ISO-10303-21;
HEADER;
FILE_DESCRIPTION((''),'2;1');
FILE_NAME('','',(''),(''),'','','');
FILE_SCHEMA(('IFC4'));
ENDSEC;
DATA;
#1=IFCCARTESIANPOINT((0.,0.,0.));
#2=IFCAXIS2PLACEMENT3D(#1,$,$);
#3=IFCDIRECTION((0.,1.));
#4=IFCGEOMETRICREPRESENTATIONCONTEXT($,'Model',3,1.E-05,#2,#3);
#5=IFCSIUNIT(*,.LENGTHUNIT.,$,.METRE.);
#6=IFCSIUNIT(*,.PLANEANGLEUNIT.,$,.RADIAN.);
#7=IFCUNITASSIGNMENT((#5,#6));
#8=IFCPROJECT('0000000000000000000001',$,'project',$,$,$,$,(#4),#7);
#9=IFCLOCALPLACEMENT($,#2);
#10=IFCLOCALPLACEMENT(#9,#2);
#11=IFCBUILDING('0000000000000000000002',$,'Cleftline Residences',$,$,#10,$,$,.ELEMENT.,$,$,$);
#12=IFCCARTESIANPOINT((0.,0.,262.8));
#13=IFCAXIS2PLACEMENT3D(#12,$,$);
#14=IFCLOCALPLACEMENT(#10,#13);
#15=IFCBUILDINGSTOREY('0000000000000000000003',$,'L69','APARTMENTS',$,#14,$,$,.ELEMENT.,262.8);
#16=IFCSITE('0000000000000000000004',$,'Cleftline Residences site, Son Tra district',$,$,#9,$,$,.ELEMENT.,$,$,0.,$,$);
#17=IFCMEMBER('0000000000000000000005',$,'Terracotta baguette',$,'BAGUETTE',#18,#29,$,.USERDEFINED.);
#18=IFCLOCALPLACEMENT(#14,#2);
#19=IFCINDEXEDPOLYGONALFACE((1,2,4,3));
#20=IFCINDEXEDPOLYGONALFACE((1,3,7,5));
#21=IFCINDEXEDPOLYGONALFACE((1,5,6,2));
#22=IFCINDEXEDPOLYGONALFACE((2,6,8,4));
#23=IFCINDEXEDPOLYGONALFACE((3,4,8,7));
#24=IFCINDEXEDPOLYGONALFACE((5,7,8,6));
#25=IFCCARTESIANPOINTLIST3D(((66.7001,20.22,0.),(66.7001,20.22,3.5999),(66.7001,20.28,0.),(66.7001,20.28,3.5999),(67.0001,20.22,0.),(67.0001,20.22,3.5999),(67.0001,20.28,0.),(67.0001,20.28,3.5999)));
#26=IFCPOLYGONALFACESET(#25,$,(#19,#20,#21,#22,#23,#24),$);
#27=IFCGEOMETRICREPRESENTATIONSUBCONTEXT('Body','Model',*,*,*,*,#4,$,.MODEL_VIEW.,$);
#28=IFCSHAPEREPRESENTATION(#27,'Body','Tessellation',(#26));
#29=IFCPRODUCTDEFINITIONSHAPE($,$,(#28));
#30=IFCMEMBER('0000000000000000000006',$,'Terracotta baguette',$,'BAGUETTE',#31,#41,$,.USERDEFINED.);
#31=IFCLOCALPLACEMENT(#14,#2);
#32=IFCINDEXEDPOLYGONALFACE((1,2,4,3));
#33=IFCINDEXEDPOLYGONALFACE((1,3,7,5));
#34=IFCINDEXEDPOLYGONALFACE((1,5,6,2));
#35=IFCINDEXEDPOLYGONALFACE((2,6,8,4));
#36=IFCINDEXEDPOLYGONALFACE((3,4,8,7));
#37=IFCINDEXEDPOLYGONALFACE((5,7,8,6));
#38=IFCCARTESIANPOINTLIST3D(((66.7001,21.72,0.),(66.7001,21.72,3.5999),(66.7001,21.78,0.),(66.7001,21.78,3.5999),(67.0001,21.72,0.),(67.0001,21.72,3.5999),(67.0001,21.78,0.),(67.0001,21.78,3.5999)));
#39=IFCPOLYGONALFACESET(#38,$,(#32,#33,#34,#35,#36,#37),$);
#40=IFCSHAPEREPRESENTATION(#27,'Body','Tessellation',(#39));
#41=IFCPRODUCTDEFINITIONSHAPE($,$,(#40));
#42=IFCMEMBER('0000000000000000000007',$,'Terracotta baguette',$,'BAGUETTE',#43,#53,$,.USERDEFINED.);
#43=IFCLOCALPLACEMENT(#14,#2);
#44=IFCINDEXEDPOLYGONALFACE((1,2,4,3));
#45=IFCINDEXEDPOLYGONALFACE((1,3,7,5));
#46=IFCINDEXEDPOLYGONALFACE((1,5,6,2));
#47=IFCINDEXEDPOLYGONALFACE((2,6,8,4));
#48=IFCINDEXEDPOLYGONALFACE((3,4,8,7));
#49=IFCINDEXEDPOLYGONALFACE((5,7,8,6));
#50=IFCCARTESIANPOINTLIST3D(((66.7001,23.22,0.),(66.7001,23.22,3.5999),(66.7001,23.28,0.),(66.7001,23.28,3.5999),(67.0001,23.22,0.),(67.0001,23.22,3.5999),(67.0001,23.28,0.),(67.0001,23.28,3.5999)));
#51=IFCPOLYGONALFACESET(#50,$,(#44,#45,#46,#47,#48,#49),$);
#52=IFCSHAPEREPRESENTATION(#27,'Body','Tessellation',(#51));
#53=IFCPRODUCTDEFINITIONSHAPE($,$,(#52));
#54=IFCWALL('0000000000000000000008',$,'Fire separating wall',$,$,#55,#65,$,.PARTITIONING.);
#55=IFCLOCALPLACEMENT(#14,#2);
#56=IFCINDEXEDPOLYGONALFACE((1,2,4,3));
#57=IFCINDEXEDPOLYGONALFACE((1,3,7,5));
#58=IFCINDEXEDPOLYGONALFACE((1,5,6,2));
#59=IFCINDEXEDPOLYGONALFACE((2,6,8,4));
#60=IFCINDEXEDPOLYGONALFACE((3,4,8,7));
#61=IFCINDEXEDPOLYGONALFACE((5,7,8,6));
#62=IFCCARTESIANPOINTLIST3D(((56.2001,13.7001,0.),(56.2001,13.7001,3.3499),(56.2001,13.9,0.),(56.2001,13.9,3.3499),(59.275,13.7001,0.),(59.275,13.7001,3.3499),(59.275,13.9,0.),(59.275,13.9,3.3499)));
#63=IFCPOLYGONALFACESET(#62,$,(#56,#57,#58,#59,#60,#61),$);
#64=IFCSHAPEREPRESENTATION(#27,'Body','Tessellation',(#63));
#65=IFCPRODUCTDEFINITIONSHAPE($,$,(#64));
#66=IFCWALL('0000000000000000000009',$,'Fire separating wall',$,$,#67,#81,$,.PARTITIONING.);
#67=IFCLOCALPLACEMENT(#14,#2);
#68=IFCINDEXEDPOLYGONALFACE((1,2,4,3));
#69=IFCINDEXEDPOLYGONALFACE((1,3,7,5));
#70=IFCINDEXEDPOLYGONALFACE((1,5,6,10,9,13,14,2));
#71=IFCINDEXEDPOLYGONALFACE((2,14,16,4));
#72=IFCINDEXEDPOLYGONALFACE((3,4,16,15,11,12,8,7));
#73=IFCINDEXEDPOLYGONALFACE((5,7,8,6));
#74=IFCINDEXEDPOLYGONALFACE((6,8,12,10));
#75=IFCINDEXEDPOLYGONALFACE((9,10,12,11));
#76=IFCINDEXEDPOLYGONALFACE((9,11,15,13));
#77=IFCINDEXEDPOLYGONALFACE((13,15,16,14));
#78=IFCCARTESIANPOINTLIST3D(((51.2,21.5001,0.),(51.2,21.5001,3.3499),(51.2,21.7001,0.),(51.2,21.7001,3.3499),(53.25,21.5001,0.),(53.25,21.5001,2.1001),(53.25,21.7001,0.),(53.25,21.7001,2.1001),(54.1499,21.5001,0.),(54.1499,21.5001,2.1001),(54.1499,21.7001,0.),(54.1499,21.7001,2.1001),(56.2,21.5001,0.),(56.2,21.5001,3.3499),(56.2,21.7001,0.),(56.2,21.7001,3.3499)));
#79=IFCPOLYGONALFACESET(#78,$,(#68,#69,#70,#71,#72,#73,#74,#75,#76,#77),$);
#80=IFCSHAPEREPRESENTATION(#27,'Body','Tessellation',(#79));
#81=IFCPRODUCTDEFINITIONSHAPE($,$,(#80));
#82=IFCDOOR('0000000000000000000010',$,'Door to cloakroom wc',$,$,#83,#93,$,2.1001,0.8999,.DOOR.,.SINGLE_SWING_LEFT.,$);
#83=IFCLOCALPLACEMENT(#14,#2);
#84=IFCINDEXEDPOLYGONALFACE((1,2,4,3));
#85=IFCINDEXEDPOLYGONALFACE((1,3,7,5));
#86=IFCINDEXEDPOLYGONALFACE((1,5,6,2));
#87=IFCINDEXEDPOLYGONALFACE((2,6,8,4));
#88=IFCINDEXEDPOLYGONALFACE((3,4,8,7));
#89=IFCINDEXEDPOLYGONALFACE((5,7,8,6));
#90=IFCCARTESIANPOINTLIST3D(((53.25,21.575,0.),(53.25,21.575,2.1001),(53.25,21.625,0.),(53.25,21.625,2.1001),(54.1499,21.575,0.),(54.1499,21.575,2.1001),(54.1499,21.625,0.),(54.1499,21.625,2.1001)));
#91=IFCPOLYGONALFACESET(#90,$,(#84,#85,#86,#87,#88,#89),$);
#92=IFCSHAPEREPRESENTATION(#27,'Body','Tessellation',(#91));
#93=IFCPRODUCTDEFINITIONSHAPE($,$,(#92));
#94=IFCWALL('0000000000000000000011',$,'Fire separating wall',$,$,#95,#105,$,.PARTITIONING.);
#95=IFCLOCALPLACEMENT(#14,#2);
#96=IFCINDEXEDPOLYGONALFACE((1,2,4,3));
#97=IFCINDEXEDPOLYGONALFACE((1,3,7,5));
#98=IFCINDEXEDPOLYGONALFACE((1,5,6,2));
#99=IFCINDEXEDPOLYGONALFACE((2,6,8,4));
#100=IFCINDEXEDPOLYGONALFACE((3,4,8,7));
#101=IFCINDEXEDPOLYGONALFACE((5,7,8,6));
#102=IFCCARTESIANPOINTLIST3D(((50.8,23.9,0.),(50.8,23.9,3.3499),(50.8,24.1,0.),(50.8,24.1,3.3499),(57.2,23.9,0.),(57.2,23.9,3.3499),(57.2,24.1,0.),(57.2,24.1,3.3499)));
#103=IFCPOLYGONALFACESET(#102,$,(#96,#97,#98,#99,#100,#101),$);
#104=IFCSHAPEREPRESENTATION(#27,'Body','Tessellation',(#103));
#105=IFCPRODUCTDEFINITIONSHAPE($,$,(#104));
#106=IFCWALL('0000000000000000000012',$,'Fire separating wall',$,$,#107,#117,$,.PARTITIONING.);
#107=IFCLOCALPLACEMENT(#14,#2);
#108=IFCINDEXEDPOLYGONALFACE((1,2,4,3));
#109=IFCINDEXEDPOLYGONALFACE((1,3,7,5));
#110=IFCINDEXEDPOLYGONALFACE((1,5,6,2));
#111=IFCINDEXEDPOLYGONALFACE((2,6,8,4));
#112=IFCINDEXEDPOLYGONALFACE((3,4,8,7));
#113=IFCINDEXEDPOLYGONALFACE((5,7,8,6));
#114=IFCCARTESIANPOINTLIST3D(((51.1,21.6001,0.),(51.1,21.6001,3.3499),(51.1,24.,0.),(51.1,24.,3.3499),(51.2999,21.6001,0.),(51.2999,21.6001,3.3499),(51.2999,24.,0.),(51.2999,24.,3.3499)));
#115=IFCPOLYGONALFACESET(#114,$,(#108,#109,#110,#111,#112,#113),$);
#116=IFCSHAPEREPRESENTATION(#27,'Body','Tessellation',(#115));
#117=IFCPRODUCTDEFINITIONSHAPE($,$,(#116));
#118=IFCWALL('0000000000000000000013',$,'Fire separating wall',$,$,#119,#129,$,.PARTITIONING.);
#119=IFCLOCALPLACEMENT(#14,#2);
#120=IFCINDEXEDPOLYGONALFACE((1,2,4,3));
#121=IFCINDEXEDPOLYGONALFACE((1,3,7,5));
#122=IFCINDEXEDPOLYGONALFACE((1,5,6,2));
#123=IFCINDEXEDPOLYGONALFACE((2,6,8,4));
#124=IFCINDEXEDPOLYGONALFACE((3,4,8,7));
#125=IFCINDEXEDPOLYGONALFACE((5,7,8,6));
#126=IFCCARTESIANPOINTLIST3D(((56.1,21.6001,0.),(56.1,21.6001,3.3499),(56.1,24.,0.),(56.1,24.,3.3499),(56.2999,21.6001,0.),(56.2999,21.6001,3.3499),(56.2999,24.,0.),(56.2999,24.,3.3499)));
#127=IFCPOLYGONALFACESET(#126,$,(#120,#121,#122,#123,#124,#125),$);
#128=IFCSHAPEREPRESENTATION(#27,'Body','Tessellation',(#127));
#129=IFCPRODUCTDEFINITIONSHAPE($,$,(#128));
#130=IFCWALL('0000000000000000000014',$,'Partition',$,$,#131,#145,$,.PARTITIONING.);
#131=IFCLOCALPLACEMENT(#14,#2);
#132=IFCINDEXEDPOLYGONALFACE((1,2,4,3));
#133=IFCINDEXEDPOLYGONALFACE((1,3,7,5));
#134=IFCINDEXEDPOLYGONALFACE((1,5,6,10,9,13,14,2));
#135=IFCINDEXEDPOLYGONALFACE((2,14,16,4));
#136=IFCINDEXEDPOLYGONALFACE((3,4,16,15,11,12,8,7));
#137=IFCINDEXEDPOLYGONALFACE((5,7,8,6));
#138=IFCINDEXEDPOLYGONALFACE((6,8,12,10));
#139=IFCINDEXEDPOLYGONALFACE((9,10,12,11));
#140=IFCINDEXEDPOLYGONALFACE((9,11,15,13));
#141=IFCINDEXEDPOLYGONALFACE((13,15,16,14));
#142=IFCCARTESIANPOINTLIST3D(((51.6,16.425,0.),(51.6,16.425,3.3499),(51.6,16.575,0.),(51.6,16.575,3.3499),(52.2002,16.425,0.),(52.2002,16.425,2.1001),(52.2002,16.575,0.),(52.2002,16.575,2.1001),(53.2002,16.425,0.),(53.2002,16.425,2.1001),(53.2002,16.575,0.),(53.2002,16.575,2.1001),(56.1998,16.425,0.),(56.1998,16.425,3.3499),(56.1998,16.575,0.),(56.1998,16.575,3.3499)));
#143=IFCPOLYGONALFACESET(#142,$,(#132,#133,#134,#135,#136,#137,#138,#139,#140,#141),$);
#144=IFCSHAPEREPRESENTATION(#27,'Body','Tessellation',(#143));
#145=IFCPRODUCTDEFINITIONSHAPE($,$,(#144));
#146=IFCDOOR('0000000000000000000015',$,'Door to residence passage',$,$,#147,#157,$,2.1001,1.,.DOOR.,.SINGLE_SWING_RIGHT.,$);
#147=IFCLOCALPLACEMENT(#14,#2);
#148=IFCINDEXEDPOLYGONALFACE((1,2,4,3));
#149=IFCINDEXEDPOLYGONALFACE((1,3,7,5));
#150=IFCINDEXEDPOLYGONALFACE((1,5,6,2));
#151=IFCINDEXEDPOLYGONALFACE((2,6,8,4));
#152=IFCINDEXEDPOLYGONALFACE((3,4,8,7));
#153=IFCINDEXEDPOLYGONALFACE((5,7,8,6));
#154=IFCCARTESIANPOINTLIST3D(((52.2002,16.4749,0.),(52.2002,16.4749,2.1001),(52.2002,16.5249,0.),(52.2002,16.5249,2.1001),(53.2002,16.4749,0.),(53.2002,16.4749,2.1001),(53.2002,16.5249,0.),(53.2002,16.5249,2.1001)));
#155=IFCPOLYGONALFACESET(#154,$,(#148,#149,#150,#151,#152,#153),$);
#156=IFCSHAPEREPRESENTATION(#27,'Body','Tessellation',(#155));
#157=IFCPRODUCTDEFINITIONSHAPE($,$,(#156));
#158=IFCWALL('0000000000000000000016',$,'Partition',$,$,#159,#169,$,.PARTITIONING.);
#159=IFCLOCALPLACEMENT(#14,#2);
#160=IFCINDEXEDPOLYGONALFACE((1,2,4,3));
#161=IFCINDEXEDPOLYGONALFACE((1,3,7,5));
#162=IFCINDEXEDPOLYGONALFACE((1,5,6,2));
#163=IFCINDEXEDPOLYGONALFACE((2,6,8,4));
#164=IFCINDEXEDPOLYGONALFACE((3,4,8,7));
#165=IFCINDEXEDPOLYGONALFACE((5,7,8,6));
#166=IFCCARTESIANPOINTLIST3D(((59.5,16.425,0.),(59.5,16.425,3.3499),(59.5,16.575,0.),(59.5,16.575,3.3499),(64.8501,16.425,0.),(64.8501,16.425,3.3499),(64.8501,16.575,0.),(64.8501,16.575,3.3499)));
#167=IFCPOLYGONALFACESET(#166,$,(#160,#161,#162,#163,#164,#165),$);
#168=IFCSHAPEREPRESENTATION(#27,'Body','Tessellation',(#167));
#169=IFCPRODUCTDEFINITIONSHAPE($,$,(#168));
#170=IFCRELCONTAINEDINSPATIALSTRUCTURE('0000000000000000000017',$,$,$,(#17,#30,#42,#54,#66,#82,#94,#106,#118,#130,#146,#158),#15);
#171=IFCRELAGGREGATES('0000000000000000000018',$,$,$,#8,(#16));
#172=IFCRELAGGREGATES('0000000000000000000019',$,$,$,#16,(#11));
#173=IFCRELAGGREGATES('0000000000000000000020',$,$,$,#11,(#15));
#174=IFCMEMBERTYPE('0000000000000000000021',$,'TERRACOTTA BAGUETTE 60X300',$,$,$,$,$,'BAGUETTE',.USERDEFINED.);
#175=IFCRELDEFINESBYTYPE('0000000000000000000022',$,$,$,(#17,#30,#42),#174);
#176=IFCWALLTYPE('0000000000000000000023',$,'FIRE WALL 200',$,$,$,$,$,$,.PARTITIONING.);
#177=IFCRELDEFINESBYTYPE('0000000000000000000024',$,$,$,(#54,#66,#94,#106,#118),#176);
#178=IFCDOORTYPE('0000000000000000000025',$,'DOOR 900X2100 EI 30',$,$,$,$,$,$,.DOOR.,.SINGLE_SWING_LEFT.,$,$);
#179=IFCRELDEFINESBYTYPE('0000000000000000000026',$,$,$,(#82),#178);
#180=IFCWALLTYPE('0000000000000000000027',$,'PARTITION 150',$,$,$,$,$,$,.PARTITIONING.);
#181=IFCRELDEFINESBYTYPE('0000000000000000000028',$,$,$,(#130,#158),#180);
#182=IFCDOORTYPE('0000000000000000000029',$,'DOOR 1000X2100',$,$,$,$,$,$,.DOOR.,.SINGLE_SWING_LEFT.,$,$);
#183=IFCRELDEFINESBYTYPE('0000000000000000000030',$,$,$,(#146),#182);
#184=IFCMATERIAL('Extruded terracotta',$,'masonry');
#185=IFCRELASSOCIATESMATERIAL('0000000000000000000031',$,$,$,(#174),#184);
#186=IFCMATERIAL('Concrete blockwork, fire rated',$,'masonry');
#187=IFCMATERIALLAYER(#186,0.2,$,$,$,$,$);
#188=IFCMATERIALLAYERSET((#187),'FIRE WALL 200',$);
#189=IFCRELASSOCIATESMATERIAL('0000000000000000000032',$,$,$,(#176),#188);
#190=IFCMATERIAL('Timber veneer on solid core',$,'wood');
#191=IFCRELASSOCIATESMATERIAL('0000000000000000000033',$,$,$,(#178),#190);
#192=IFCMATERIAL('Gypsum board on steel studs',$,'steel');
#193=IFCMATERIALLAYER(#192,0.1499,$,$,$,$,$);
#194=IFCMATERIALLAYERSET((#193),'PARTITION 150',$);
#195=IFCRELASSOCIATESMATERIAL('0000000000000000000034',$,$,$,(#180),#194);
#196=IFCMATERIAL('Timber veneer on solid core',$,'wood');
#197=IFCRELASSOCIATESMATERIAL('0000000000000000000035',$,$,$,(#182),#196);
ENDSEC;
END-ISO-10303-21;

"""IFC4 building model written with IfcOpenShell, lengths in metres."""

from ifc_helpers import new_model, si_unit, direction, frame, frame_2d, origin, origin_2d, place, context, subcontext, project, spatial, rectangle, extrude, material, layer, layer_set, material_profile, profile_set, type_object, element, fill, save


model = new_model("IFC4")

# Units and contexts
model_context = context("Model", 3, precision=1e-05, world=origin(), true_north=direction((0.0, 1.0)))
body_context = subcontext(model_context, "Body", "Model", "MODEL_VIEW")
ifc_project = project(units=[si_unit("LENGTHUNIT", "METRE"), si_unit("PLANEANGLEUNIT", "RADIAN")], contexts=[model_context])

# Site, building, storey
site_placement = place(None, origin())
site = spatial("IfcSite", under=ifc_project, at=site_placement, Name="Cleftline Residences site, Son Tra district", CompositionType="ELEMENT", RefElevation=0.0)
building_placement = place(site_placement, origin())
building = spatial("IfcBuilding", under=site, at=building_placement, Name="Cleftline Residences", CompositionType="ELEMENT")
storey_placement = place(building_placement, frame((0.0, 0.0, 262.8)))
storey = spatial("IfcBuildingStorey", under=building, at=storey_placement, Name="L69", Description="APARTMENTS", CompositionType="ELEMENT", Elevation=262.8)

# Members
ifc_material_1 = material(Name="Extruded terracotta", Category="masonry")
ifc_material_profile_1 = material_profile(ifc_material_1, rectangle(XDim=0.0601, YDim=0.3, at=origin_2d()))
ifc_profile_set_1 = profile_set([ifc_material_profile_1], Name="Extruded terracotta")
member_type_1 = type_object("IfcMemberType", Name="TERRACOTTA BAGUETTE 60X300", ElementType="BAGUETTE", PredefinedType="USERDEFINED", material=ifc_profile_set_1)
for number, where, z_axis, x_axis, name in (
    (1, (66.8501, 20.25, 0.0), (0.0, 0.0, 1.0), (0.0, 1.0, 0.0), "Terracotta baguette"),
    (2, (66.8501, 21.75, 0.0), (0.0, 0.0, 1.0), (0.0, 1.0, 0.0), "Terracotta baguette"),
    (3, (66.8501, 23.25, 0.0), (0.0, 0.0, 1.0), (0.0, 1.0, 0.0), "Terracotta baguette"),
):
    element("IfcMember", number, at=place(storey_placement, frame(where, z_axis=z_axis, x_axis=x_axis)), inside=storey, type_object=member_type_1, Name=name, ObjectType="BAGUETTE", PredefinedType="USERDEFINED", context=body_context, shape_type="SweptSolid", body=[
        extrude(rectangle(XDim=0.0601, YDim=0.3, at=origin_2d()), origin(), (0.0, 0.0, 1.0), 3.5999),
    ])

# Wall
ifc_material_2 = material(Name="Concrete blockwork, fire rated", Category="masonry")
ifc_layer_1 = layer(ifc_material_2, 0.2)
ifc_layer_set_1 = layer_set([ifc_layer_1], Name="FIRE WALL 200")
wall_type_1 = type_object("IfcWallType", Name="FIRE WALL 200", PredefinedType="PARTITIONING", material=ifc_layer_set_1)
wall_1_placement = place(storey_placement, frame((56.2, 13.8, 0.0), z_axis=(0.0, 0.0, 1.0), x_axis=(1.0, 0.0, 0.0)))
element("IfcWall", 4, at=wall_1_placement, inside=storey, type_object=wall_type_1, Name="Fire separating wall", PredefinedType="PARTITIONING", context=body_context, shape_type="SweptSolid", body=[
    extrude(rectangle(XDim=3.075, YDim=0.2, at=frame_2d((1.5376, 0.0))), origin(), (0.0, 0.0, 1.0), 3.3499),
])

# Wall, opening, door
wall_2_placement = place(storey_placement, frame((51.2, 21.6001, 0.0), z_axis=(0.0, 0.0, 1.0), x_axis=(1.0, 0.0, 0.0)))
wall_2 = element("IfcWall", 5, at=wall_2_placement, inside=storey, type_object=wall_type_1, Name="Fire separating wall", PredefinedType="PARTITIONING", context=body_context, shape_type="SweptSolid", body=[
    extrude(rectangle(XDim=5.0, YDim=0.2, at=frame_2d((2.5, 0.0))), origin(), (0.0, 0.0, 1.0), 3.3499),
])
opening_1_placement = place(wall_2_placement, frame((2.05, 0.0, 0.0)))
opening_1 = element("IfcOpeningElement", 6, at=opening_1_placement, cuts=wall_2, PredefinedType="OPENING", context=body_context, shape_type="SweptSolid", body=[
    extrude(rectangle(XDim=0.8999, YDim=2.1001, at=frame_2d((0.45, 1.05))), frame((0.0, 0.1099, 0.0), z_axis=(0.0, -1.0, 0.0), x_axis=(1.0, 0.0, 0.0)), (0.0, 0.0, 1.0), 0.22),
])
ifc_material_3 = material(Name="Timber veneer on solid core", Category="wood")
door_type_1 = type_object("IfcDoorType", Name="DOOR 900X2100 EI 30", OperationType="SINGLE_SWING_LEFT", PredefinedType="DOOR", material=ifc_material_3)
door_1_placement = place(opening_1_placement, origin())
door_1 = element("IfcDoor", 7, at=door_1_placement, inside=storey, type_object=door_type_1, Name="Door to cloakroom wc", OperationType="SINGLE_SWING_LEFT", OverallHeight=2.1001, OverallWidth=0.8999, PredefinedType="DOOR", context=body_context, shape_type="SweptSolid", body=[
    extrude(rectangle(XDim=0.8999, YDim=2.1001, at=frame_2d((0.45, 1.05))), frame((0.0, 0.0249, 0.0), z_axis=(0.0, -1.0, 0.0), x_axis=(1.0, 0.0, 0.0)), (0.0, 0.0, 1.0), 0.05),
])
fill(opening_1, door_1)

# Walls
wall_3_placement = place(storey_placement, frame((50.8, 24.0, 0.0), z_axis=(0.0, 0.0, 1.0), x_axis=(1.0, 0.0, 0.0)))
element("IfcWall", 8, at=wall_3_placement, inside=storey, type_object=wall_type_1, Name="Fire separating wall", PredefinedType="PARTITIONING", context=body_context, shape_type="SweptSolid", body=[
    extrude(rectangle(XDim=6.3999, YDim=0.2, at=frame_2d((3.2, 0.0))), origin(), (0.0, 0.0, 1.0), 3.3499),
])
for number, where, z_axis, x_axis, name in (
    (9, (51.2, 21.6001, 0.0), (0.0, 0.0, 1.0), (0.0, 1.0, 0.0), "Fire separating wall"),
    (10, (56.2, 21.6001, 0.0), (0.0, 0.0, 1.0), (0.0, 1.0, 0.0), "Fire separating wall"),
):
    element("IfcWall", number, at=place(storey_placement, frame(where, z_axis=z_axis, x_axis=x_axis)), inside=storey, type_object=wall_type_1, Name=name, PredefinedType="PARTITIONING", context=body_context, shape_type="SweptSolid", body=[
        extrude(rectangle(XDim=2.3999, YDim=0.2, at=frame_2d((1.2, 0.0))), origin(), (0.0, 0.0, 1.0), 3.3499),
    ])

# Wall, opening, door
ifc_material_4 = material(Name="Gypsum board on steel studs", Category="steel")
ifc_layer_2 = layer(ifc_material_4, 0.1499)
ifc_layer_set_2 = layer_set([ifc_layer_2], Name="PARTITION 150")
wall_type_2 = type_object("IfcWallType", Name="PARTITION 150", PredefinedType="PARTITIONING", material=ifc_layer_set_2)
wall_4_placement = place(storey_placement, frame((51.6001, 16.5, 0.0), z_axis=(0.0, 0.0, 1.0), x_axis=(1.0, 0.0, 0.0)))
wall_4 = element("IfcWall", 11, at=wall_4_placement, inside=storey, type_object=wall_type_2, Name="Partition", PredefinedType="PARTITIONING", context=body_context, shape_type="SweptSolid", body=[
    extrude(rectangle(XDim=4.5999, YDim=0.1499, at=frame_2d((2.2998, 0.0))), origin(), (0.0, 0.0, 1.0), 3.3499),
])
opening_2_placement = place(wall_4_placement, frame((0.6001, 0.0, 0.0)))
opening_2 = element("IfcOpeningElement", 12, at=opening_2_placement, cuts=wall_4, PredefinedType="OPENING", context=body_context, shape_type="SweptSolid", body=[
    extrude(rectangle(XDim=1.0, YDim=2.1001, at=frame_2d((0.5, 1.05))), frame((0.0, 0.085, 0.0), z_axis=(0.0, -1.0, 0.0), x_axis=(1.0, 0.0, 0.0)), (0.0, 0.0, 1.0), 0.1699),
])
ifc_material_5 = material(Name="Timber veneer on solid core", Category="wood")
door_type_2 = type_object("IfcDoorType", Name="DOOR 1000X2100", OperationType="SINGLE_SWING_LEFT", PredefinedType="DOOR", material=ifc_material_5)
door_2_placement = place(opening_2_placement, origin())
door_2 = element("IfcDoor", 13, at=door_2_placement, inside=storey, type_object=door_type_2, Name="Door to residence passage", OperationType="SINGLE_SWING_RIGHT", OverallHeight=2.1001, OverallWidth=1.0, PredefinedType="DOOR", context=body_context, shape_type="SweptSolid", body=[
    extrude(rectangle(XDim=1.0, YDim=2.1001, at=frame_2d((0.5, 1.05))), frame((0.0, 0.0249, 0.0), z_axis=(0.0, -1.0, 0.0), x_axis=(1.0, 0.0, 0.0)), (0.0, 0.0, 1.0), 0.05),
])
fill(opening_2, door_2)

# Wall
wall_5_placement = place(storey_placement, frame((59.5, 16.5, 0.0), z_axis=(0.0, 0.0, 1.0), x_axis=(1.0, 0.0, 0.0)))
element("IfcWall", 14, at=wall_5_placement, inside=storey, type_object=wall_type_2, Name="Partition", PredefinedType="PARTITIONING", context=body_context, shape_type="SweptSolid", body=[
    extrude(rectangle(XDim=5.3501, YDim=0.1499, at=frame_2d((2.675, 0.0))), origin(), (0.0, 0.0, 1.0), 3.3499),
])

save(model, "model.ifc")
